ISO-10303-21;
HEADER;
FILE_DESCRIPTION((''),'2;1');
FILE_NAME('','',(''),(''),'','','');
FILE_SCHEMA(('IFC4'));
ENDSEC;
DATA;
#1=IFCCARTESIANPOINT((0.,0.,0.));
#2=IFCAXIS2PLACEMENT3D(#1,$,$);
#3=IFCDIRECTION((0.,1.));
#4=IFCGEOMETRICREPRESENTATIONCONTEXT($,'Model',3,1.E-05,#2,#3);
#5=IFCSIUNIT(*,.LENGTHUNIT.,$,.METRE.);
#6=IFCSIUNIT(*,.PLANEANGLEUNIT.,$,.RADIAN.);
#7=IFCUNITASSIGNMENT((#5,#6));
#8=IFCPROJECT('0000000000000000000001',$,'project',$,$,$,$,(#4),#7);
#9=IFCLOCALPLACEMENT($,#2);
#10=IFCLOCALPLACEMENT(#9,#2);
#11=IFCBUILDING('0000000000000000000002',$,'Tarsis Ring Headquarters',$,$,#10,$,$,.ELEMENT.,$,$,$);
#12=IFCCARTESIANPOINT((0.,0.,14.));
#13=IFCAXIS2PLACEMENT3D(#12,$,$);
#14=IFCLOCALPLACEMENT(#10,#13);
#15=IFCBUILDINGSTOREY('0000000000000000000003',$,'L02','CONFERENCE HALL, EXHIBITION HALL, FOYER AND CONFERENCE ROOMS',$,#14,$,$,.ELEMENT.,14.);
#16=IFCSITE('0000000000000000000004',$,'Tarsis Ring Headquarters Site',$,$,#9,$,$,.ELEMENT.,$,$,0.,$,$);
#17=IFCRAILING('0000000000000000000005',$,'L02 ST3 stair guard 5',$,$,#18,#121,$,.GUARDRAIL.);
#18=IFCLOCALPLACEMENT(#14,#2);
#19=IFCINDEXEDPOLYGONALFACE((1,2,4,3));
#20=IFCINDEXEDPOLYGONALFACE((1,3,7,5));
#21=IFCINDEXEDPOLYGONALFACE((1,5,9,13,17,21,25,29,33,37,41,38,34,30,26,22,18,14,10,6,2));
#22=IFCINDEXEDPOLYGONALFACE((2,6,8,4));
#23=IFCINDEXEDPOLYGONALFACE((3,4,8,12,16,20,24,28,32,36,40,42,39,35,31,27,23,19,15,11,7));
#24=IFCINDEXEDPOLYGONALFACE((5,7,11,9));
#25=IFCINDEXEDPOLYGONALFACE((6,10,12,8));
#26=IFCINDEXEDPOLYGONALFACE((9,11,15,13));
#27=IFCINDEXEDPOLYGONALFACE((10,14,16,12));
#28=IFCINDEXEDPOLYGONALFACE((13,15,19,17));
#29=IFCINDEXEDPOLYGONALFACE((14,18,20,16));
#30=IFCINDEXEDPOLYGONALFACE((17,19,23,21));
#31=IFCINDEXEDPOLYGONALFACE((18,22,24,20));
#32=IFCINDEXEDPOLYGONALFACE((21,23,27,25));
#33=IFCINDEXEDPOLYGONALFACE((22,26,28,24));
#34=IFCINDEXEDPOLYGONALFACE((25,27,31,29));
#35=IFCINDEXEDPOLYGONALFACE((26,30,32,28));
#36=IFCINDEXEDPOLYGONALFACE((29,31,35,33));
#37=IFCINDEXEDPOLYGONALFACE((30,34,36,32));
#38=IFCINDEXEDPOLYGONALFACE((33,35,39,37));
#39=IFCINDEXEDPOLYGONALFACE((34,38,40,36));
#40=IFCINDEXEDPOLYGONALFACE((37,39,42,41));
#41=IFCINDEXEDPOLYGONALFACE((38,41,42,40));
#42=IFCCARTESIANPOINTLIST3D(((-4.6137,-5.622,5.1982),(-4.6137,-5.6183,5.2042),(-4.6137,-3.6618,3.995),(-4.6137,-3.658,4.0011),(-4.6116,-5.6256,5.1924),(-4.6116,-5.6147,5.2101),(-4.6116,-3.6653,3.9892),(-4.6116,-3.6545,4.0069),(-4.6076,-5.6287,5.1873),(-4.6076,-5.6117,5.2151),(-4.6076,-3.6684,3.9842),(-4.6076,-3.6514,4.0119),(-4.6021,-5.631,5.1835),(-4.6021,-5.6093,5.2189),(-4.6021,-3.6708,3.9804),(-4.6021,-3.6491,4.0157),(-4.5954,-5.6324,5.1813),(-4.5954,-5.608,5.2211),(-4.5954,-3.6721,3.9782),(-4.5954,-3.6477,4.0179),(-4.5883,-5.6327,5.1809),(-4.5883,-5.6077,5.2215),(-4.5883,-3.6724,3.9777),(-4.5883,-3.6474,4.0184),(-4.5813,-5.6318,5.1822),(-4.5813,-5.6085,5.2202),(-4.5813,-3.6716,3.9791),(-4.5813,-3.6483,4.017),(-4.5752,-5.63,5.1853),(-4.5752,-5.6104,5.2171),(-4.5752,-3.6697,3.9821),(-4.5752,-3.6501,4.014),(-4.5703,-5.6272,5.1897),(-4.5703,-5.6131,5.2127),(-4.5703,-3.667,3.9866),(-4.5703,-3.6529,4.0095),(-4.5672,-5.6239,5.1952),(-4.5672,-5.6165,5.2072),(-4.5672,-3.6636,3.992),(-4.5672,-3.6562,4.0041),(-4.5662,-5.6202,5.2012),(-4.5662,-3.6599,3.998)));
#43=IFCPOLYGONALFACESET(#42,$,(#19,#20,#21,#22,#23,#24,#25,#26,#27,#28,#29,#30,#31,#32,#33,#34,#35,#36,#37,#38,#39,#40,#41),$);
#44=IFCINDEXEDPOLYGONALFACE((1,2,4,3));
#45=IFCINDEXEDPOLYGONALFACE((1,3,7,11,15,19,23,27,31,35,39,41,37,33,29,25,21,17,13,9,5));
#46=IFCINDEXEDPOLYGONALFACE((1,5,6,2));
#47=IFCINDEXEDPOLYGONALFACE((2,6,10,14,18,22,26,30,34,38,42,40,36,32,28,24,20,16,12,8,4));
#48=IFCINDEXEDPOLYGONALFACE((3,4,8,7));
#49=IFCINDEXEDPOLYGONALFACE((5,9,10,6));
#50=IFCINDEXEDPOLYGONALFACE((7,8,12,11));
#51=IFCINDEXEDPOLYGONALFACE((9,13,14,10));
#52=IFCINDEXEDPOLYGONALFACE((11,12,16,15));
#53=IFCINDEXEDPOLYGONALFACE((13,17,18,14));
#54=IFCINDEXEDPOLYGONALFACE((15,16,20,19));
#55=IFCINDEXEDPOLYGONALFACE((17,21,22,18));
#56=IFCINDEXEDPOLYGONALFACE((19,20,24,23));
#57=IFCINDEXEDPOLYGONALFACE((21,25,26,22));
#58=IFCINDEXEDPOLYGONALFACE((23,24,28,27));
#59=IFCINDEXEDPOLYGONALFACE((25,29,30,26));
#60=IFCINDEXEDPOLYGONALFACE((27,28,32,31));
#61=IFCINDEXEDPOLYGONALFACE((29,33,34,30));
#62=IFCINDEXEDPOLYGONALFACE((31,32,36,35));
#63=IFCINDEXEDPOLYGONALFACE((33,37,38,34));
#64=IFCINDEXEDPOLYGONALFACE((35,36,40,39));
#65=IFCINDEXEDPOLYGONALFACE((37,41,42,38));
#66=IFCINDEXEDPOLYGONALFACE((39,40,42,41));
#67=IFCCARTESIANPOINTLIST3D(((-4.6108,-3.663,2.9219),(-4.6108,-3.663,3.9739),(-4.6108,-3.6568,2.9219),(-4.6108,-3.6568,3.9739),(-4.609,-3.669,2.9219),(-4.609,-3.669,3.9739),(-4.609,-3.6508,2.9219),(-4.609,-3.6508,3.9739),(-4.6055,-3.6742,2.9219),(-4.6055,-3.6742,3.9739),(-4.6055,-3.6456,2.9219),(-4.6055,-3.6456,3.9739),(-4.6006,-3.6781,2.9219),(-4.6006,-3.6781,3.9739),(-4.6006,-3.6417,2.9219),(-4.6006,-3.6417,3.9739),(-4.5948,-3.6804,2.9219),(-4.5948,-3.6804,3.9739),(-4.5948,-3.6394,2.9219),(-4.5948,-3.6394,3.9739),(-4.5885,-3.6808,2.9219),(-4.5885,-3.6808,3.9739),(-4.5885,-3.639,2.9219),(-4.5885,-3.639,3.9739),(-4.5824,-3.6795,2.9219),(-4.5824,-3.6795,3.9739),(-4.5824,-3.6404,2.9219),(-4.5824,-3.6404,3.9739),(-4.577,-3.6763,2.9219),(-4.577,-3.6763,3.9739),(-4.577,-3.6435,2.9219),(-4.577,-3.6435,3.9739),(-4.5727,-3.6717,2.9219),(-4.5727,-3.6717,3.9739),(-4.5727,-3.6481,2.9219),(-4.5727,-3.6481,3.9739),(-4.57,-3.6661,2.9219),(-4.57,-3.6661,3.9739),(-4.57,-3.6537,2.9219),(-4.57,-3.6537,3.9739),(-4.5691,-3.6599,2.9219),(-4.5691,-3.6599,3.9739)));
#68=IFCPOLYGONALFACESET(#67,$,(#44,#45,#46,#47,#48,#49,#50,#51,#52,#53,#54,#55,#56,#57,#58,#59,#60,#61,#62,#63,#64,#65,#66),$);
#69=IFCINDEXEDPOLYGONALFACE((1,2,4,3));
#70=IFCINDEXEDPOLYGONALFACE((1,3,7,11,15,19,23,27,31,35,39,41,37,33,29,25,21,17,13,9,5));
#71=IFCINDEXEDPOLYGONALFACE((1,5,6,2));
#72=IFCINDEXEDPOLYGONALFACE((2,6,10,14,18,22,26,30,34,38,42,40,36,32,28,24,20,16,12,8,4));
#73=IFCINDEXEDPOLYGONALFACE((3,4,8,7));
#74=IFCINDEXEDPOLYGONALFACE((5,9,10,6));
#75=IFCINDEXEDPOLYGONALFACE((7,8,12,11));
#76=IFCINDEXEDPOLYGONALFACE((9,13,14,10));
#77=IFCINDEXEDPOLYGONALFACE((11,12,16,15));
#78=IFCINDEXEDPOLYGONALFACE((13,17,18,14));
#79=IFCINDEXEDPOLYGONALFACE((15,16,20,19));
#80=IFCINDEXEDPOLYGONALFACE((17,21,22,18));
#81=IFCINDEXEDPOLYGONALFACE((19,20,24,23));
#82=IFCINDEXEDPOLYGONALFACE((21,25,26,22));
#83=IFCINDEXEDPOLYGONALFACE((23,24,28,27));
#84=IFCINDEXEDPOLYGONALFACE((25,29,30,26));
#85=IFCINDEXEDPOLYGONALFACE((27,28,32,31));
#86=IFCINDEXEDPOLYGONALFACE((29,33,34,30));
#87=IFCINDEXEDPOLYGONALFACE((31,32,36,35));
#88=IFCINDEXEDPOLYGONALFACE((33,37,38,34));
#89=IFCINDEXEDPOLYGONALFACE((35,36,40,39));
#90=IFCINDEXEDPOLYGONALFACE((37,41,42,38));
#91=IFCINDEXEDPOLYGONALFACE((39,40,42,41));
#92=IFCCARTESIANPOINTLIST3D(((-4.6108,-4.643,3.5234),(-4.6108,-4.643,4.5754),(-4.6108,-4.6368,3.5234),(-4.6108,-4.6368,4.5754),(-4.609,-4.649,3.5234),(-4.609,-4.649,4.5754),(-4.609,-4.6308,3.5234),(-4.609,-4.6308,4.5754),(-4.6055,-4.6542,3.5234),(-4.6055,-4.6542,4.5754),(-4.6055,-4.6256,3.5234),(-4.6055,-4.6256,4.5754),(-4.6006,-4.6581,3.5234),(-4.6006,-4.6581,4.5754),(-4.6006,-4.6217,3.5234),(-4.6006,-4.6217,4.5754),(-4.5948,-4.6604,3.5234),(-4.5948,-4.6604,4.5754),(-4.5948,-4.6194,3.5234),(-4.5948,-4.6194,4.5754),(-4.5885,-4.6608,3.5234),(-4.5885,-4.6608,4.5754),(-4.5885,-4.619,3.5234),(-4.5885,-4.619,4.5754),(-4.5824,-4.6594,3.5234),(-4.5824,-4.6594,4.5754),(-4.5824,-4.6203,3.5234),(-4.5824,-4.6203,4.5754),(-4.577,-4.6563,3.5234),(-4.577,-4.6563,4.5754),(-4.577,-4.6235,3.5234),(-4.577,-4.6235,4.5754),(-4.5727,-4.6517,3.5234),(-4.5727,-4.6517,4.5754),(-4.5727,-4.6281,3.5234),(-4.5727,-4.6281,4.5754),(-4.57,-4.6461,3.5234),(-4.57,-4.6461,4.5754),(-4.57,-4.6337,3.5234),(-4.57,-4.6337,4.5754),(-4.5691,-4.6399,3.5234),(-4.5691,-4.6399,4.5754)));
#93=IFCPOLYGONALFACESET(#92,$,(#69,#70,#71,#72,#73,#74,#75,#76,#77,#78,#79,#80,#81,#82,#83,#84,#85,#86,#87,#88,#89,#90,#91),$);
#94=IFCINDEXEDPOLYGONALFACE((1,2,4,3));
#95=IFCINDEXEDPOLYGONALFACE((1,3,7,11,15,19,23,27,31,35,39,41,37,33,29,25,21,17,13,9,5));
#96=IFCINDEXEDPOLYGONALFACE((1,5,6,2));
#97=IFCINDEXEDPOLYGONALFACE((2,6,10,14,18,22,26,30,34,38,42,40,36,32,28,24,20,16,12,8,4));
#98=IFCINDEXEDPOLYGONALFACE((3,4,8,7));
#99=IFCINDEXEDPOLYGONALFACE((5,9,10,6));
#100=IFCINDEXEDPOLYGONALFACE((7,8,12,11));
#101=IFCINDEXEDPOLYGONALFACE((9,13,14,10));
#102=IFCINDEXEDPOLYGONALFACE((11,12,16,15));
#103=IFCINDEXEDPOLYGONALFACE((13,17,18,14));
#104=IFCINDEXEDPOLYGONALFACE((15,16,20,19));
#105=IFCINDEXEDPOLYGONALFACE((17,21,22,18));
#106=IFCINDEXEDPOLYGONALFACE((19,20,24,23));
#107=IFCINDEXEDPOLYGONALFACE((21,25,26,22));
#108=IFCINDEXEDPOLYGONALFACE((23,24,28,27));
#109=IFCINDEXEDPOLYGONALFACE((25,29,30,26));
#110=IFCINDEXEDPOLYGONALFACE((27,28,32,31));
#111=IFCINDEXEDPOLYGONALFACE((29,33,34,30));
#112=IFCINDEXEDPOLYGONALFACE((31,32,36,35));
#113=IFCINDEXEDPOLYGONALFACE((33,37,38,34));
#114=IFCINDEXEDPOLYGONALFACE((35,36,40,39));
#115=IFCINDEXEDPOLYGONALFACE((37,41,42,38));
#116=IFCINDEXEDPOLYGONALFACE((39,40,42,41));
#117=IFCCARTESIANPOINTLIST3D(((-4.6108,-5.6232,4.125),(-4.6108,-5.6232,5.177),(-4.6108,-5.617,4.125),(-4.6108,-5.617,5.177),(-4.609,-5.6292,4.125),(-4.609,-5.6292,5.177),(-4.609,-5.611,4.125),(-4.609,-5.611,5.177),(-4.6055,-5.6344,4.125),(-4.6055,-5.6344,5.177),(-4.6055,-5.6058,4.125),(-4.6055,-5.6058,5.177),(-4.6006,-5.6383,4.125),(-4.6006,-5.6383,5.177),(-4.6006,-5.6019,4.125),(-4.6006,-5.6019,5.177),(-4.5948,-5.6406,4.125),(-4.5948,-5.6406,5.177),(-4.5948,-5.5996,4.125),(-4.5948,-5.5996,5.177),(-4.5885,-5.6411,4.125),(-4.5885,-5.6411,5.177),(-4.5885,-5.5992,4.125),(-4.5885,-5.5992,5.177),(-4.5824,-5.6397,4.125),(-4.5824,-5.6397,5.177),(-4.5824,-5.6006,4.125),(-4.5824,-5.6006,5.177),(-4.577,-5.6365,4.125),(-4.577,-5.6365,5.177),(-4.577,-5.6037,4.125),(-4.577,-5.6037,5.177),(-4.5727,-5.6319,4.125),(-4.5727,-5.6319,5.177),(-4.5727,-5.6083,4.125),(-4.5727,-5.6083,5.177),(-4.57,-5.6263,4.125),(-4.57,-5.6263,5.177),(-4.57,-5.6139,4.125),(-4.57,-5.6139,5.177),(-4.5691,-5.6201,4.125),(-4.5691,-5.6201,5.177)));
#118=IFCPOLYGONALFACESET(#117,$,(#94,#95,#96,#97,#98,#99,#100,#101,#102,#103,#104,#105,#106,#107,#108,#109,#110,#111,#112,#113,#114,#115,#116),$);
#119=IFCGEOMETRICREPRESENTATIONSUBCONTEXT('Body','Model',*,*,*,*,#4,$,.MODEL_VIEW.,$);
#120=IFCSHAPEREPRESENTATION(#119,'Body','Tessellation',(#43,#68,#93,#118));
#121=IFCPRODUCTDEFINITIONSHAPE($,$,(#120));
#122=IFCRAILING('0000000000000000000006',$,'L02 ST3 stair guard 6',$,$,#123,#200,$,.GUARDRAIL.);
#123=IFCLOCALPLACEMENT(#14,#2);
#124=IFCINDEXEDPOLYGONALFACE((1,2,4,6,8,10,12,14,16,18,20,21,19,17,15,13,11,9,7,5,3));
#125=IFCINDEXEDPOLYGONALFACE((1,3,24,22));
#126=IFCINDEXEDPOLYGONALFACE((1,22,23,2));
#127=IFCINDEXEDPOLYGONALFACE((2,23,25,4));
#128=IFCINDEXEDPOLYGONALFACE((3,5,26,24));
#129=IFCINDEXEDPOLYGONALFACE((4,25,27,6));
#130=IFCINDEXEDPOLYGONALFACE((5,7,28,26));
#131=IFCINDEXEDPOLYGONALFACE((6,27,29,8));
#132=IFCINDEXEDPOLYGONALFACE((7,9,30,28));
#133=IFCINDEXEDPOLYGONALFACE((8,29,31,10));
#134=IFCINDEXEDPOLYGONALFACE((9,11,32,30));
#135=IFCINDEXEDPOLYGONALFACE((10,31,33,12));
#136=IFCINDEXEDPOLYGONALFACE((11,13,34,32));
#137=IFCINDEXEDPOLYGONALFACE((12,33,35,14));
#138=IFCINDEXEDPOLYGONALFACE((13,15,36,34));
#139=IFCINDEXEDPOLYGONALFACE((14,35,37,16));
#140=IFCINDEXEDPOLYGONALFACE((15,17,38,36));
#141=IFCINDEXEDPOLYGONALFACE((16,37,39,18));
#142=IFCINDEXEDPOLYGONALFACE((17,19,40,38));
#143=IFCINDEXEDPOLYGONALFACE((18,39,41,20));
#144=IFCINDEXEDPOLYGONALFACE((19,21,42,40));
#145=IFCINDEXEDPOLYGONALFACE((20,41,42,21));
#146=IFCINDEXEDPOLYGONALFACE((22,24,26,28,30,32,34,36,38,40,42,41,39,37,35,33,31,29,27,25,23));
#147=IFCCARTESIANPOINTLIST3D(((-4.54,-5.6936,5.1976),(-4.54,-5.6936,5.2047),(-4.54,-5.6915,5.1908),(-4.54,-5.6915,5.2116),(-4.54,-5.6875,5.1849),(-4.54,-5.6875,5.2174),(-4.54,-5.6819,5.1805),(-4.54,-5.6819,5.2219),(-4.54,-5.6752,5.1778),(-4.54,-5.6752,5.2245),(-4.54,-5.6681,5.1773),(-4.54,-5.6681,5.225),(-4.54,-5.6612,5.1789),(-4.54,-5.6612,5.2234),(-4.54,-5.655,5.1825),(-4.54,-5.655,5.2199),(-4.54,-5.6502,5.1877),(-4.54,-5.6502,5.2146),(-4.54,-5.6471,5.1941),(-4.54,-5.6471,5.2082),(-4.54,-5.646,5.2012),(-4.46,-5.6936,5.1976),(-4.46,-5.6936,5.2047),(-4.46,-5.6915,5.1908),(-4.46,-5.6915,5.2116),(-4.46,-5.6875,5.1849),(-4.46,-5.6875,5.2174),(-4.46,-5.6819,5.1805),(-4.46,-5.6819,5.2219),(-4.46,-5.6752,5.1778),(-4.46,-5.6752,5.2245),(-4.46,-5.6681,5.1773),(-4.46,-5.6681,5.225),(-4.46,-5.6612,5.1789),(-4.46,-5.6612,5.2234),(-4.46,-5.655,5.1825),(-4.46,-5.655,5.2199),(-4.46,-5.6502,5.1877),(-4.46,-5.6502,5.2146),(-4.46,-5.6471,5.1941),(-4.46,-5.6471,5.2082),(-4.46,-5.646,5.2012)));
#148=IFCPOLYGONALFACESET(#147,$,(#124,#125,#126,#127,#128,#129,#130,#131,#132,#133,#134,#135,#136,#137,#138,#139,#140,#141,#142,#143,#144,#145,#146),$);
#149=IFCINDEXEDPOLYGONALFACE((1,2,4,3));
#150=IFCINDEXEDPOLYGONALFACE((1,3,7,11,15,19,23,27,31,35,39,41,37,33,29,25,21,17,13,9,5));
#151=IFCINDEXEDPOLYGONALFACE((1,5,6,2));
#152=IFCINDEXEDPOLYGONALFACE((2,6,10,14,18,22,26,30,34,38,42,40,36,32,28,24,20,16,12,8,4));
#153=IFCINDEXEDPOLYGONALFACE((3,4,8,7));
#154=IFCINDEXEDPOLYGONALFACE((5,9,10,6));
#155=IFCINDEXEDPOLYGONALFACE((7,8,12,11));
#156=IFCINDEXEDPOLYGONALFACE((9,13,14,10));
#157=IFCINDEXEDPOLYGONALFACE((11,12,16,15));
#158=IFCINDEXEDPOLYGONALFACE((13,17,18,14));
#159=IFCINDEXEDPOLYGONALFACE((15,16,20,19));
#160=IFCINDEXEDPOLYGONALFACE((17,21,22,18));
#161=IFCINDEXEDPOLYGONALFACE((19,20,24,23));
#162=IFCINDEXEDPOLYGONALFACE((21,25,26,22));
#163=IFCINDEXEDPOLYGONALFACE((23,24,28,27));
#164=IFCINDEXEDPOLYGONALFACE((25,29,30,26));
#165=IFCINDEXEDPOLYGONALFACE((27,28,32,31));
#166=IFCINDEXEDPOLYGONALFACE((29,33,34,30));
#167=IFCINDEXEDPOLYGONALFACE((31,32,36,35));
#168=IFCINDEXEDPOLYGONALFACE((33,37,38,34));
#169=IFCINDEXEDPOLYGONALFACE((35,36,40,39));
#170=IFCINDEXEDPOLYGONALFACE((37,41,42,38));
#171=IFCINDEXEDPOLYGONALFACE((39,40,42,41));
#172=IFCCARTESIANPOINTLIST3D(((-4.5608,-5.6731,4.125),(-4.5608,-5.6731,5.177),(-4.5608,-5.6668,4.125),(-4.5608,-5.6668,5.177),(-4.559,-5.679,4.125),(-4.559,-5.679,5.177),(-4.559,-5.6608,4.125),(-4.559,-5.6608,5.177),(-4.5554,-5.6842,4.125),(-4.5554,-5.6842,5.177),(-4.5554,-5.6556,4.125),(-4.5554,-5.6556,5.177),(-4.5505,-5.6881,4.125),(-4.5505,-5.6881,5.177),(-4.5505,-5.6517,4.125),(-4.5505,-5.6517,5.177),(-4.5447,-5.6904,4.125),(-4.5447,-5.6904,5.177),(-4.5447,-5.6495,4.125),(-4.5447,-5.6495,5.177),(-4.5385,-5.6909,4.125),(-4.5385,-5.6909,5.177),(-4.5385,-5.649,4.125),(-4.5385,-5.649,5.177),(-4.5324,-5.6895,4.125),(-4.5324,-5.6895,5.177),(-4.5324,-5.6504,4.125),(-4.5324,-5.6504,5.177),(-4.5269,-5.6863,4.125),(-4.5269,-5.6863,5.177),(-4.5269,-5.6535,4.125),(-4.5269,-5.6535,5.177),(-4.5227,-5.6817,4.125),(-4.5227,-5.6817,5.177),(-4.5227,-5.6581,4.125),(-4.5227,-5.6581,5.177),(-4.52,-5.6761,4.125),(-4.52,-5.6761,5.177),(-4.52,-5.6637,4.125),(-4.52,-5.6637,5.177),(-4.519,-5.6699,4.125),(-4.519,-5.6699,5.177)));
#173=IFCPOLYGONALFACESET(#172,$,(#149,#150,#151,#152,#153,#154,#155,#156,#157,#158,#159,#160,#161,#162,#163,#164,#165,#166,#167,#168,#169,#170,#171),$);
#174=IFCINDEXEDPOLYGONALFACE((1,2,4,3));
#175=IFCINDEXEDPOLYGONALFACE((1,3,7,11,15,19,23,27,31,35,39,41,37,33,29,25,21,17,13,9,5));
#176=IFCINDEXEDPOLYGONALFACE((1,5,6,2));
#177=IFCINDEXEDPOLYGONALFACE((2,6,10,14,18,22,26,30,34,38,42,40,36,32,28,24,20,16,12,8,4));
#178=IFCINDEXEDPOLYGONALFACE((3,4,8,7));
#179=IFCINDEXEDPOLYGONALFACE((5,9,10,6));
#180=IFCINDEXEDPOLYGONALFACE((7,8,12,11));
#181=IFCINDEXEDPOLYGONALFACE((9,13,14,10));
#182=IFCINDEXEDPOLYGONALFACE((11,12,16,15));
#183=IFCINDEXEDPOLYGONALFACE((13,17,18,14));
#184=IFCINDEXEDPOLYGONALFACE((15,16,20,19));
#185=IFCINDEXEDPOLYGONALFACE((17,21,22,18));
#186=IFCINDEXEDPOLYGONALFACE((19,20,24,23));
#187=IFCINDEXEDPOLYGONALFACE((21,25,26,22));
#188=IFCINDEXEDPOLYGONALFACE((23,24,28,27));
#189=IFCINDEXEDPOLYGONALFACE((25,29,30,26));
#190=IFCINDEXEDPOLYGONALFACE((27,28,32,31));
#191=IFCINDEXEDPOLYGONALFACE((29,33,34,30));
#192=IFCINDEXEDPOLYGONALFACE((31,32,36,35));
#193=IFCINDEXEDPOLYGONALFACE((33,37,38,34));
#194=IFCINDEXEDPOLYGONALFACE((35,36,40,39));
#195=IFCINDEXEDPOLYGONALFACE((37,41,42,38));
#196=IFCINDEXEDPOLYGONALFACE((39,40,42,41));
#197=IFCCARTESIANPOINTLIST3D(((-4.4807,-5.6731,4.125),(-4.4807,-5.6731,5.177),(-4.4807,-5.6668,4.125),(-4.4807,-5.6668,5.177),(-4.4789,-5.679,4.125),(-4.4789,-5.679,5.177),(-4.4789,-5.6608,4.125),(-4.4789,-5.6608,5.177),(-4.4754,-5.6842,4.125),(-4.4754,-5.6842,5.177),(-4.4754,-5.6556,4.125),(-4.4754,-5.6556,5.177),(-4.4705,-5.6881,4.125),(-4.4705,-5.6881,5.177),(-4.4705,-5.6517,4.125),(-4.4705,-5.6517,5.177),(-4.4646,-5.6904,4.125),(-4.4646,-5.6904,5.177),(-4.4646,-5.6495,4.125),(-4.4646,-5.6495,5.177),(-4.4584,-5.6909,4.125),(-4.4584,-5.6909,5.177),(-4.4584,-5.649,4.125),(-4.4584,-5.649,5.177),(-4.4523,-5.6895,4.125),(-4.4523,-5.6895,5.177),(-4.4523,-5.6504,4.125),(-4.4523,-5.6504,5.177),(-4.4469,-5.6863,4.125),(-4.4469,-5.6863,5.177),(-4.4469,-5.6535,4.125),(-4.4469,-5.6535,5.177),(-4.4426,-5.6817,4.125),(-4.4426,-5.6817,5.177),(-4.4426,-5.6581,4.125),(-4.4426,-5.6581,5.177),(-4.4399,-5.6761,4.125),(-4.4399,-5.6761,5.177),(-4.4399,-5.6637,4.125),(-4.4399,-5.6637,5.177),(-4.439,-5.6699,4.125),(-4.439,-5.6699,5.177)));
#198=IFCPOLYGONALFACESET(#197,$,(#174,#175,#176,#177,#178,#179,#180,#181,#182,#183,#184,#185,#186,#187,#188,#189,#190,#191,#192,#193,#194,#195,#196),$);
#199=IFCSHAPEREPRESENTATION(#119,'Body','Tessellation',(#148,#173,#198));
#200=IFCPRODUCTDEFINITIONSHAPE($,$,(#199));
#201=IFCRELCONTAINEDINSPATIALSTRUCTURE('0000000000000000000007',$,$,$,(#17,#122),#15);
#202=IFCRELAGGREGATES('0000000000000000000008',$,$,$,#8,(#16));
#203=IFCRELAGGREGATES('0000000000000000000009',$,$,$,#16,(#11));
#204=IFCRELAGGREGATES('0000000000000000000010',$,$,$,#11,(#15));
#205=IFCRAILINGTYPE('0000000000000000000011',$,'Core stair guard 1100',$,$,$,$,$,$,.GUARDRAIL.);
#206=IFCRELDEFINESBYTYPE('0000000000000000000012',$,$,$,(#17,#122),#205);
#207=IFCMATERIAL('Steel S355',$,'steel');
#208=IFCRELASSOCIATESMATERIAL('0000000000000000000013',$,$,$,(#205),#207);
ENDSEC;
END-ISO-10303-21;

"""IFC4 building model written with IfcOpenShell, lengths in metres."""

from ifc_helpers import new_model, si_unit, direction, frame, origin, origin_2d, place, context, subcontext, project, spatial, circle, extrude, material, type_object, element, save


model = new_model("IFC4")

# Units and contexts
model_context = context("Model", 3, precision=1e-05, world=origin(), true_north=direction((0.0, 1.0)))
body_context = subcontext(model_context, "Body", "Model", "MODEL_VIEW")
ifc_project = project(units=[si_unit("LENGTHUNIT", "METRE"), si_unit("PLANEANGLEUNIT", "RADIAN")], contexts=[model_context])

# Site, building, storey
site_placement = place(None, origin())
site = spatial("IfcSite", under=ifc_project, at=site_placement, Name="Tarsis Ring Headquarters Site", CompositionType="ELEMENT", RefElevation=0.0)
building_placement = place(site_placement, origin())
building = spatial("IfcBuilding", under=site, at=building_placement, Name="Tarsis Ring Headquarters", CompositionType="ELEMENT")
storey_placement = place(building_placement, frame((0.0, 0.0, 14.0)))
storey = spatial("IfcBuildingStorey", under=building, at=storey_placement, Name="L02", Description="CONFERENCE HALL, EXHIBITION HALL, FOYER AND CONFERENCE ROOMS", CompositionType="ELEMENT", Elevation=14.0)

# Railings
ifc_material_1 = material(Name="Steel S355", Category="steel")
railing_type_1 = type_object("IfcRailingType", Name="Core stair guard 1100", PredefinedType="GUARDRAIL", material=ifc_material_1)
railing_1_placement = place(storey_placement, frame((-4.5901, -3.6599, 2.9219)))
element("IfcRailing", 1, at=railing_1_placement, inside=storey, type_object=railing_type_1, Name="L02 ST3 stair guard 5", PredefinedType="GUARDRAIL", context=body_context, shape_type="SweptSolid", body=[
    extrude(circle(Radius=0.0239, at=origin_2d()), frame((0.0, 0.0, 1.0762), z_axis=(0.0, -0.85227, 0.523102), x_axis=(1.0, 0.0, 0.0)), (0.0, 0.0, 1.0), 2.3),
    extrude(circle(Radius=0.021, at=origin_2d()), origin(), (0.0, 0.0, 1.0), 1.052),
    extrude(circle(Radius=0.021, at=origin_2d()), frame((0.0, -0.98, 0.6016)), (0.0, 0.0, 1.0), 1.052),
    extrude(circle(Radius=0.021, at=origin_2d()), frame((0.0, -1.9602, 1.2031)), (0.0, 0.0, 1.0), 1.052),
])
railing_2_placement = place(storey_placement, frame((-4.54, -5.6699, 4.125)))
element("IfcRailing", 2, at=railing_2_placement, inside=storey, type_object=railing_type_1, Name="L02 ST3 stair guard 6", PredefinedType="GUARDRAIL", context=body_context, shape_type="SweptSolid", body=[
    extrude(circle(Radius=0.0239, at=origin_2d()), frame((0.0, 0.0, 1.0762), z_axis=(1.0, 0.0, 0.0), x_axis=(0.0, 1.0, 0.0)), (0.0, 0.0, 1.0), 0.0801),
    extrude(circle(Radius=0.021, at=origin_2d()), origin(), (0.0, 0.0, 1.0), 1.052),
    extrude(circle(Radius=0.021, at=origin_2d()), frame((0.0801, 0.0, 0.0)), (0.0, 0.0, 1.0), 1.052),
])

save(model, "model.ifc")
